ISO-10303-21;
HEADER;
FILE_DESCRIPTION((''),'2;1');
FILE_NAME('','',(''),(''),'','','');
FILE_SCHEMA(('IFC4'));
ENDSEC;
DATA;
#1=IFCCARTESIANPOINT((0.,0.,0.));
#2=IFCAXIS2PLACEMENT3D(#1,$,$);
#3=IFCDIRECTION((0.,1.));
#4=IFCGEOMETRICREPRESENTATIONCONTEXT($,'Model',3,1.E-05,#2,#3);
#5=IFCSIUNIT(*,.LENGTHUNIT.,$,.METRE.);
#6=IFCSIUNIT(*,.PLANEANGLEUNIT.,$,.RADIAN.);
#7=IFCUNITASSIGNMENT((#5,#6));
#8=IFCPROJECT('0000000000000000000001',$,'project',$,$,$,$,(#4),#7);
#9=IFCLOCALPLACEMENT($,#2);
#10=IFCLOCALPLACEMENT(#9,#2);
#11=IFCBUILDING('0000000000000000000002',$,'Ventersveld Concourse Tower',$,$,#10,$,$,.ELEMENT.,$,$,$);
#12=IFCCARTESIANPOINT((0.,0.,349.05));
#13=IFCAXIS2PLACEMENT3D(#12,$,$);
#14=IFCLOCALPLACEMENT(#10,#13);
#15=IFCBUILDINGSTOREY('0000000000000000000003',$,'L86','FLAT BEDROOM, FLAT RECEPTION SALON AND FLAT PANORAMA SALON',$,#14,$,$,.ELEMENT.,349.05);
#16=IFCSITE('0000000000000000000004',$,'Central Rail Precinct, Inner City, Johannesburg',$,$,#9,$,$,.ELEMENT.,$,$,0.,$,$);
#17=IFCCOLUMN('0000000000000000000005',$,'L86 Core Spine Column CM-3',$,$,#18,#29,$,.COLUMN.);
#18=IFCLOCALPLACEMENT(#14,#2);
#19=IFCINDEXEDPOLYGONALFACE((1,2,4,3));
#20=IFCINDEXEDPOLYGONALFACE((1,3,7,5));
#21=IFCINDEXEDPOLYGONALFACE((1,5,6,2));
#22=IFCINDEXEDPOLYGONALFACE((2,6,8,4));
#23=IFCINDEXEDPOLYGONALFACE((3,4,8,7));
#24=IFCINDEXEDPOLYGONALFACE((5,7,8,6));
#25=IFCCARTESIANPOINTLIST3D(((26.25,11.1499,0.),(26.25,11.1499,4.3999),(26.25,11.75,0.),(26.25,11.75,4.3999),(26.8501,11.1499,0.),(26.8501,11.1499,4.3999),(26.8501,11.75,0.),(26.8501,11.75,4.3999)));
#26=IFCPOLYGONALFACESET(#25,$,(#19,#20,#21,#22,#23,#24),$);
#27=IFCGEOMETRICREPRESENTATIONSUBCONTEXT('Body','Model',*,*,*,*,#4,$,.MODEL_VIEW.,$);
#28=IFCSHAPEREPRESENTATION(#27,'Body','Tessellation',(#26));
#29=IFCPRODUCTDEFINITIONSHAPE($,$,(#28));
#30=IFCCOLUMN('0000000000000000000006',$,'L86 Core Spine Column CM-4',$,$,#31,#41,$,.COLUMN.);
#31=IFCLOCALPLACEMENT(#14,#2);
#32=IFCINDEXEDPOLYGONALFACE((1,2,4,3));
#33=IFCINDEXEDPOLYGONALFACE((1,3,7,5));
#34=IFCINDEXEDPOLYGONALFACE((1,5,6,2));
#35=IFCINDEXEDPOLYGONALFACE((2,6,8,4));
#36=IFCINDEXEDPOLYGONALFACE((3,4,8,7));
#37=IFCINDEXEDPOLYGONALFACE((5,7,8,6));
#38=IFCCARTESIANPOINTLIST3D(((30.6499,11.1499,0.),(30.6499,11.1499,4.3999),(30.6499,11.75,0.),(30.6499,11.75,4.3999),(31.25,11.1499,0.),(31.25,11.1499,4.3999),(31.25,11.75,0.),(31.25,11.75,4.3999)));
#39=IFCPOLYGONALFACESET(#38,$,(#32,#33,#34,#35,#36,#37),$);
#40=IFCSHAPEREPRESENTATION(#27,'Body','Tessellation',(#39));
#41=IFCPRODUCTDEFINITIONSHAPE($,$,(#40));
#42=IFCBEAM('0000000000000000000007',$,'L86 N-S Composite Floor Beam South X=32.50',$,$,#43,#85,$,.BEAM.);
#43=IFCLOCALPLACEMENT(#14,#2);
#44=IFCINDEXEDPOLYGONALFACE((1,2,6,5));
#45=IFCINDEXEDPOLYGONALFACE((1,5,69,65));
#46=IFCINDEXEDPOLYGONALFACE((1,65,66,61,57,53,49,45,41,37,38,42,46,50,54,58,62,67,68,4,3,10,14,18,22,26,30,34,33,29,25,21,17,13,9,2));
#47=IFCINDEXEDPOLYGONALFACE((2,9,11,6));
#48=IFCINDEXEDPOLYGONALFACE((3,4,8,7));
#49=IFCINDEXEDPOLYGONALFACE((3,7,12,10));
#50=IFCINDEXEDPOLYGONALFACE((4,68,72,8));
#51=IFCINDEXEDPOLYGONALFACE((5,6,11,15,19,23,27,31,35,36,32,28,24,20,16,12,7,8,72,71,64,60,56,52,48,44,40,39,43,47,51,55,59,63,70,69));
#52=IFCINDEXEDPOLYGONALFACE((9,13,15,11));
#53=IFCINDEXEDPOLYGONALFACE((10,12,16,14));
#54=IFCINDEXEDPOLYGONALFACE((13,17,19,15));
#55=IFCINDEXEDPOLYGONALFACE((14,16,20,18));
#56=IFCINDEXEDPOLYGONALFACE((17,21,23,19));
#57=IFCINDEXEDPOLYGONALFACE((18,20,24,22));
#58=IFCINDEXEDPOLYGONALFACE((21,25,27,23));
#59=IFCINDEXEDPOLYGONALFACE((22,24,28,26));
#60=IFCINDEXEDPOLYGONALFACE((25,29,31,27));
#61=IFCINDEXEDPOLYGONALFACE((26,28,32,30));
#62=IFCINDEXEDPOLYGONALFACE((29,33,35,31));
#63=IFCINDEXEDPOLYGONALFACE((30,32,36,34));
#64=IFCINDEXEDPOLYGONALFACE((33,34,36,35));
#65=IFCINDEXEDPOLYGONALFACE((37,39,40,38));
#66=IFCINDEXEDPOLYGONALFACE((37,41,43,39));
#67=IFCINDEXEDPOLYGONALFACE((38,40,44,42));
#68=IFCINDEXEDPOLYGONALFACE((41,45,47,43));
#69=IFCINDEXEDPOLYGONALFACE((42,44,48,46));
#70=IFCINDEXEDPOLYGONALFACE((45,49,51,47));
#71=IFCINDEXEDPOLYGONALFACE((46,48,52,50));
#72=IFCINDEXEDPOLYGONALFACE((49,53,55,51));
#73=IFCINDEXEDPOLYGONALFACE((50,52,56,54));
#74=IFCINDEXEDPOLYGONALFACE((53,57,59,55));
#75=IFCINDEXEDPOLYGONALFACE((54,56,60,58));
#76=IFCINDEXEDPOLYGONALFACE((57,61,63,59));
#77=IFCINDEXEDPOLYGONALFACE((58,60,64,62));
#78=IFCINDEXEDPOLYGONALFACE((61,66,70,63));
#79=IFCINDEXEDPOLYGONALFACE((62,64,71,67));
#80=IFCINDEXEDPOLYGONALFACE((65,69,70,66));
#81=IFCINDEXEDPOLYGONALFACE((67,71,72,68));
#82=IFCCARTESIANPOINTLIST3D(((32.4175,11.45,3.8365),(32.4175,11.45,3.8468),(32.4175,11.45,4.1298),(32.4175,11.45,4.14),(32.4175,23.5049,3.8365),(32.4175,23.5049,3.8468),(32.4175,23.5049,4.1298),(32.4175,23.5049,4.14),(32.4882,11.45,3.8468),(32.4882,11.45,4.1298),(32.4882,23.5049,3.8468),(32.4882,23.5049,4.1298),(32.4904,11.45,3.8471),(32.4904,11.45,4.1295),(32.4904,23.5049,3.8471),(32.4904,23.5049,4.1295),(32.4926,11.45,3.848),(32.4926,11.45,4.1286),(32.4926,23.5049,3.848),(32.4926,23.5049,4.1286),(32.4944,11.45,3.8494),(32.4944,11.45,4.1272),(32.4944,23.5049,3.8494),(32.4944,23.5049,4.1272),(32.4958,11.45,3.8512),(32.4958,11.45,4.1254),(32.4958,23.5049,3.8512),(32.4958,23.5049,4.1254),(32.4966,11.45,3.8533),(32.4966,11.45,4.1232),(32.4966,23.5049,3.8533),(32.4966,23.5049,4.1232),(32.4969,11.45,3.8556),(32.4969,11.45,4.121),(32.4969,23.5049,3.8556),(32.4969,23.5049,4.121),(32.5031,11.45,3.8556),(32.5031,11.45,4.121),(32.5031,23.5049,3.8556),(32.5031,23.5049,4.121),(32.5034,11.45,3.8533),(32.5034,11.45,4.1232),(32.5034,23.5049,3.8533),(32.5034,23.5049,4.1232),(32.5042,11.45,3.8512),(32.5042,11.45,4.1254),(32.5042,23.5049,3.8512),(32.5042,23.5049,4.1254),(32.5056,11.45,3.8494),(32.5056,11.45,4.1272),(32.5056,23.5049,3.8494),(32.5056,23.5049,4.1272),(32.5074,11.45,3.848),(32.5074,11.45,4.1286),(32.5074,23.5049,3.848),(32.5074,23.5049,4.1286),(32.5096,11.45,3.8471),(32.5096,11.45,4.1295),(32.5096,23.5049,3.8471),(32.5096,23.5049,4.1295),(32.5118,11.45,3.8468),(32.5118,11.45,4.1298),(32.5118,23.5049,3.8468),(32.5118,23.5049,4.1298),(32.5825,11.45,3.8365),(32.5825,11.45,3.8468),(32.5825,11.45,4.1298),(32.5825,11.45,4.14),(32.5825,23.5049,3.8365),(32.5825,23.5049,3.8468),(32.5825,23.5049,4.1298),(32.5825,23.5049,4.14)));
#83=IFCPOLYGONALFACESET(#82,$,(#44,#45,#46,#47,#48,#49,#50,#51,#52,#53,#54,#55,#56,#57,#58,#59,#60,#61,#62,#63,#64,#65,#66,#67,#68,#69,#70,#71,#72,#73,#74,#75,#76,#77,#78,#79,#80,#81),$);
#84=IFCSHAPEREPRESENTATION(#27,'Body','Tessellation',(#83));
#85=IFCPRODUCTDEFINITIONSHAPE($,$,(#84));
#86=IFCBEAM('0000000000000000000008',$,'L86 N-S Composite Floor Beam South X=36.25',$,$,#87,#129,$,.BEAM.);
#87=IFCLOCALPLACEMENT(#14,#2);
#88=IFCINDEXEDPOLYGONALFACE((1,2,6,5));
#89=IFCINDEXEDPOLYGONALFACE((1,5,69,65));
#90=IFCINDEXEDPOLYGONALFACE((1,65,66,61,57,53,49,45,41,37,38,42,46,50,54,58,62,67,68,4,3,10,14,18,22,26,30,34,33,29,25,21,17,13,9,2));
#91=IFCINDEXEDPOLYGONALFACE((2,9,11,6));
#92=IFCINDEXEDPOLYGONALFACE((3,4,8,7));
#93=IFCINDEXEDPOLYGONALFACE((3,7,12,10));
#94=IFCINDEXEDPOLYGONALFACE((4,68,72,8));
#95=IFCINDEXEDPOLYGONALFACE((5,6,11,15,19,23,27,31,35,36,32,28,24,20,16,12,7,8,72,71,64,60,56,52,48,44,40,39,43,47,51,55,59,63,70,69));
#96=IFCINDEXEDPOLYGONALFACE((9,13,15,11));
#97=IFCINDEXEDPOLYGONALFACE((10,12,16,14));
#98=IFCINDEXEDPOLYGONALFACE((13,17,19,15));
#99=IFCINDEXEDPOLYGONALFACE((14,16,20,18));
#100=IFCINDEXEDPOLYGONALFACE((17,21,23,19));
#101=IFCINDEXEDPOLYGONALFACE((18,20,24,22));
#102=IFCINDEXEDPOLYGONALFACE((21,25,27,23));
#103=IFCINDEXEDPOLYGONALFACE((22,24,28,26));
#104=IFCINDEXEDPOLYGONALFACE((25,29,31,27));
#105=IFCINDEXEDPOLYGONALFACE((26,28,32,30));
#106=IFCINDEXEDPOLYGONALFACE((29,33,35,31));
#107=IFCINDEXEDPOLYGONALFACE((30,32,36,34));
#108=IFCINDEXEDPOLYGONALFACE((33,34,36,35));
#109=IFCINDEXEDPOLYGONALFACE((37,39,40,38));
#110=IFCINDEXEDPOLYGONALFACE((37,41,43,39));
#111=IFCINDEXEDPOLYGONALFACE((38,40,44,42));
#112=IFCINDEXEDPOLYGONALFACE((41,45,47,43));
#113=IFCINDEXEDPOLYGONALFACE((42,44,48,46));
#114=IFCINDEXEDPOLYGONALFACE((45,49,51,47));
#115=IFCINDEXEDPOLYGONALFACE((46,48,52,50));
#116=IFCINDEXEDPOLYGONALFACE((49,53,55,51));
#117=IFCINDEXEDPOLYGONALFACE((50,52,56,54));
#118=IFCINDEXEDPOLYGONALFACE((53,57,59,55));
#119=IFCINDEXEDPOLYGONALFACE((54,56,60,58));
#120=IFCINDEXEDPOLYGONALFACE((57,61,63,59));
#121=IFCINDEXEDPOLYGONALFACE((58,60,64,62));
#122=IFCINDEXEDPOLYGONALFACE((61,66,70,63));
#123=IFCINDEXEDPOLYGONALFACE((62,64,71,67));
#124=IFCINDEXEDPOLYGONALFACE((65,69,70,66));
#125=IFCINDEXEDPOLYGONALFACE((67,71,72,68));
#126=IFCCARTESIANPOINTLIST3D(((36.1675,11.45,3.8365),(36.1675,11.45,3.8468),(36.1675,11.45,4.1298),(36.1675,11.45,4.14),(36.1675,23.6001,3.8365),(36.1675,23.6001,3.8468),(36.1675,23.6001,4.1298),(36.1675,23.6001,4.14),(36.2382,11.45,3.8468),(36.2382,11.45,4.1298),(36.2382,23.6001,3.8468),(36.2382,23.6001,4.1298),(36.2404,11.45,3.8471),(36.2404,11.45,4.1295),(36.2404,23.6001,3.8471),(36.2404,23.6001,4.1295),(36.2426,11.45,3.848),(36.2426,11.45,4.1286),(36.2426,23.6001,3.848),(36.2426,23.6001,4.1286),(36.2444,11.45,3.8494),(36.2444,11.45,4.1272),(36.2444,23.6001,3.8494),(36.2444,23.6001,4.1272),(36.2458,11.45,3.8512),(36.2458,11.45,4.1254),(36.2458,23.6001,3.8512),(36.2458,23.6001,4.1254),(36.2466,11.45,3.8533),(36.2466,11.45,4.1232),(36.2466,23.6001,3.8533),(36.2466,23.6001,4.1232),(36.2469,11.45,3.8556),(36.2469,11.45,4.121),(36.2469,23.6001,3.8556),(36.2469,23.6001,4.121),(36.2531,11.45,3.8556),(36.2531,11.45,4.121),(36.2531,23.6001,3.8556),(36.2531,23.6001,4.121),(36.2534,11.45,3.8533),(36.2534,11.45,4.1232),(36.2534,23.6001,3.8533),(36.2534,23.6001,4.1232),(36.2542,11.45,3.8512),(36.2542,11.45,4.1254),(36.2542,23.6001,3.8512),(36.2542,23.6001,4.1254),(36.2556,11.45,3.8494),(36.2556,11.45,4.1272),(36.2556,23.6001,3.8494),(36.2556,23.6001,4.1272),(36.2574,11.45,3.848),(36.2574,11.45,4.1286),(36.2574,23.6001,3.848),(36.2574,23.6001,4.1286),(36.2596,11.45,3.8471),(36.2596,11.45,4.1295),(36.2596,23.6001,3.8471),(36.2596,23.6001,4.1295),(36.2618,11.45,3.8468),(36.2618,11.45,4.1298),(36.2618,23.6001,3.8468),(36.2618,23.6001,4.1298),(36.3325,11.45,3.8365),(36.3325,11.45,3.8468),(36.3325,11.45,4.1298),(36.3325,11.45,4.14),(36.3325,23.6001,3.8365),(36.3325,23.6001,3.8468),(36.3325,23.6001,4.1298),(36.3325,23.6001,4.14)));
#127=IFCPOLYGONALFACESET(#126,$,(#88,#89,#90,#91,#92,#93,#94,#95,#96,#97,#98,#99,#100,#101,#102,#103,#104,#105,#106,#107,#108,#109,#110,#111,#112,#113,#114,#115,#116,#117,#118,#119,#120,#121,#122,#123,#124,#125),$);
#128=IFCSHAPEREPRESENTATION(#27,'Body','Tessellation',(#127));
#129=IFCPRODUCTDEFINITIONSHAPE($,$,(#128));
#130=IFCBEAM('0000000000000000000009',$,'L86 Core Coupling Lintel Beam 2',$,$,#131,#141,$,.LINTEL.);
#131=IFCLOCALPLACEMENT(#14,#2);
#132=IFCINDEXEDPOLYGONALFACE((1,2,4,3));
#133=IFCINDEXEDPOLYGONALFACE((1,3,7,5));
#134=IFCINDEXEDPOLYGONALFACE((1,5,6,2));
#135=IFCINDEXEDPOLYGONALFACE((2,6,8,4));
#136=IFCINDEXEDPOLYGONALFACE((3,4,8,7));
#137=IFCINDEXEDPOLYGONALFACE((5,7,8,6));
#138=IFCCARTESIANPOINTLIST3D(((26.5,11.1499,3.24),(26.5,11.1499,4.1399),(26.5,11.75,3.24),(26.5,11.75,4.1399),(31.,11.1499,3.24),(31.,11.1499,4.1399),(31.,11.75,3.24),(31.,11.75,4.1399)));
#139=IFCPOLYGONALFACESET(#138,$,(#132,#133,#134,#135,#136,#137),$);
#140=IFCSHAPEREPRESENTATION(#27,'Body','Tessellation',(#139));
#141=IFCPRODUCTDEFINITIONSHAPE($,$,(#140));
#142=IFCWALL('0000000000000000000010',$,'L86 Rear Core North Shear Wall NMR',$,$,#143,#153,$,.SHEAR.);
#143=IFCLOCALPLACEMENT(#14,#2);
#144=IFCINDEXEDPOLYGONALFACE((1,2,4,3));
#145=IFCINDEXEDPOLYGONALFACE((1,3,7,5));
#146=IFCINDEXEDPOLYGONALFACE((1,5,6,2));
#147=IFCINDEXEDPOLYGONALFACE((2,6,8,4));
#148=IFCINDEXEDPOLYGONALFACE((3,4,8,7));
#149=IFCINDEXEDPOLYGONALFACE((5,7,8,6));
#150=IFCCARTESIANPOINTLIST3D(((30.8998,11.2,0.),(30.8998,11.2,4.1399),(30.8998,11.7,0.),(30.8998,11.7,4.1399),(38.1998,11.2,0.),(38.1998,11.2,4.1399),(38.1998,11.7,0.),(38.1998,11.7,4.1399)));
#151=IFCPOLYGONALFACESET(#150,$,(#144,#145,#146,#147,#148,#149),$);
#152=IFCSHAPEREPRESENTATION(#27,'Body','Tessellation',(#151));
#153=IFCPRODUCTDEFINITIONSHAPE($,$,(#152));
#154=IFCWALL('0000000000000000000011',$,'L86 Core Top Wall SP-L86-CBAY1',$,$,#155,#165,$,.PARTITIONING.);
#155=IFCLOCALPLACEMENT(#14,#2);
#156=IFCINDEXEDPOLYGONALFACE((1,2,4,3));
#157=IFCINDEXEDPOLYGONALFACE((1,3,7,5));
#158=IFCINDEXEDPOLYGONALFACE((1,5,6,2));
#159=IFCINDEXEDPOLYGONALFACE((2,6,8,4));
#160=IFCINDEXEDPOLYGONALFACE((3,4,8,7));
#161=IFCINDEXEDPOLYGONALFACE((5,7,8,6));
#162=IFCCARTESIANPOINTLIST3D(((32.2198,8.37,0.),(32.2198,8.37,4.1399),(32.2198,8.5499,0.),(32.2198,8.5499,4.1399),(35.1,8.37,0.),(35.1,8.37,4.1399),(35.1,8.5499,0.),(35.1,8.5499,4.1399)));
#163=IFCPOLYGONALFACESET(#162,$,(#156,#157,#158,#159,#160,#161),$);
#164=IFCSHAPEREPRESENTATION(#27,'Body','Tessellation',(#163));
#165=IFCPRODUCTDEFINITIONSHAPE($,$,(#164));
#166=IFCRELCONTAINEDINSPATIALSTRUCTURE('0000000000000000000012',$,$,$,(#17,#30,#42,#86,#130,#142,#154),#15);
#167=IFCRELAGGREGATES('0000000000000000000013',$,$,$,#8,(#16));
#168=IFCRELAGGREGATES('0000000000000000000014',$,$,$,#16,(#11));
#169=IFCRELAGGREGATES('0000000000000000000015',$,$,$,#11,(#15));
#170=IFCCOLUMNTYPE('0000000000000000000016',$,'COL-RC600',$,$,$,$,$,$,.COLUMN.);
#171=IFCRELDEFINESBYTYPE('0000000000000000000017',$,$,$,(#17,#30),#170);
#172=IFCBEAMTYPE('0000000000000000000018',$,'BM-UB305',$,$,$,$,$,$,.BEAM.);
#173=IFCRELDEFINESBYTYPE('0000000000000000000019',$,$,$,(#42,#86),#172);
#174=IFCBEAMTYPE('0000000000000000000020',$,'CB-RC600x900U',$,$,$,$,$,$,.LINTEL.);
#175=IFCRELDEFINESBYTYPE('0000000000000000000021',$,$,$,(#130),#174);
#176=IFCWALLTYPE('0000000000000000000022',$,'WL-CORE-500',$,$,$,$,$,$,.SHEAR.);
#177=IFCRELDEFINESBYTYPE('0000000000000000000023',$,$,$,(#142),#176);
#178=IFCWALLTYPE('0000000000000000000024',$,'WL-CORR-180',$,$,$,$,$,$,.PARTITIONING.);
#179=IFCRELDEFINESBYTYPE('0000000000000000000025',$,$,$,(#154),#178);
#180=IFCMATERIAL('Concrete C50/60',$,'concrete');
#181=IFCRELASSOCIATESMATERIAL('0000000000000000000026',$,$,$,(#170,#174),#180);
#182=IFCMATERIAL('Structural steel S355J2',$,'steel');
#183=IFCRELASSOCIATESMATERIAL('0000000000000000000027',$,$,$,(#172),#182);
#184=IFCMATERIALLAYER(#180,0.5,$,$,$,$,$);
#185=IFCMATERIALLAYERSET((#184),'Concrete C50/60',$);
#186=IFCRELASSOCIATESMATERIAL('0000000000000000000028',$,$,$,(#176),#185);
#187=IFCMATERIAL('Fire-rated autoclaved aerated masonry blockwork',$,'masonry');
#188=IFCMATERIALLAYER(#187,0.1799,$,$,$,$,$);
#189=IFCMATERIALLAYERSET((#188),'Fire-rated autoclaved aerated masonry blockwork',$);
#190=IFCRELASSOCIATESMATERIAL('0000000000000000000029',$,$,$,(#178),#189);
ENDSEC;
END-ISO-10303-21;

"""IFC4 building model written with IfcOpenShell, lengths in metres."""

from ifc_helpers import new_model, si_unit, direction, frame, frame_2d, origin, origin_2d, place, context, subcontext, project, spatial, rectangle, i_section, extrude, material, layer, layer_set, material_profile, profile_set, type_object, element, save


model = new_model("IFC4")

# Units and contexts
model_context = context("Model", 3, precision=1e-05, world=origin(), true_north=direction((0.0, 1.0)))
body_context = subcontext(model_context, "Body", "Model", "MODEL_VIEW")
ifc_project = project(units=[si_unit("LENGTHUNIT", "METRE"), si_unit("PLANEANGLEUNIT", "RADIAN")], contexts=[model_context])

# Site, building, storey
site_placement = place(None, origin())
site = spatial("IfcSite", under=ifc_project, at=site_placement, Name="Central Rail Precinct, Inner City, Johannesburg", CompositionType="ELEMENT", RefElevation=0.0)
building_placement = place(site_placement, origin())
building = spatial("IfcBuilding", under=site, at=building_placement, Name="Ventersveld Concourse Tower", CompositionType="ELEMENT")
storey_placement = place(building_placement, frame((0.0, 0.0, 349.05)))
storey = spatial("IfcBuildingStorey", under=building, at=storey_placement, Name="L86", Description="FLAT BEDROOM, FLAT RECEPTION SALON AND FLAT PANORAMA SALON", CompositionType="ELEMENT", Elevation=349.05)

# Columns
ifc_material_1 = material(Name="Concrete C50/60", Category="concrete")
ifc_material_profile_1 = material_profile(ifc_material_1, rectangle(XDim=0.6001, YDim=0.6001, at=origin_2d()), Name="RC 600x600")
ifc_profile_set_1 = profile_set([ifc_material_profile_1], Name="Concrete C50/60")
column_type = type_object("IfcColumnType", Name="COL-RC600", PredefinedType="COLUMN", material=ifc_profile_set_1)
for number, where, z_axis, x_axis, name in (
    (1, (26.55, 11.45, 0.0), (0.0, 0.0, 1.0), (1.0, 0.0, 0.0), "L86 Core Spine Column CM-3"),
    (2, (30.95, 11.45, 0.0), (0.0, 0.0, 1.0), (1.0, 0.0, 0.0), "L86 Core Spine Column CM-4"),
):
    element("IfcColumn", number, at=place(storey_placement, frame(where, z_axis=z_axis, x_axis=x_axis)), inside=storey, type_object=column_type, Name=name, PredefinedType="COLUMN", context=body_context, shape_type="SweptSolid", body=[
        extrude(rectangle(XDim=0.6001, YDim=0.6001, at=origin_2d()), origin(), (0.0, 0.0, 1.0), 4.3999),
    ])

# Beams
ifc_material_2 = material(Name="Structural steel S355J2", Category="steel")
ifc_material_profile_2 = material_profile(ifc_material_2, i_section(OverallWidth=0.165, OverallDepth=0.3035, WebThickness=0.0061, FlangeThickness=0.0103, FilletRadius=0.0088, at=origin_2d()), Name="UB 305x165x40")
ifc_profile_set_2 = profile_set([ifc_material_profile_2], Name="Structural steel S355J2")
beam_type_1 = type_object("IfcBeamType", Name="BM-UB305", PredefinedType="BEAM", material=ifc_profile_set_2)
beam_1_placement = place(storey_placement, frame((32.5, 11.45, 3.9883), z_axis=(0.0, 1.0, 0.0), x_axis=(-1.0, 0.0, 0.0)))
element("IfcBeam", 3, at=beam_1_placement, inside=storey, type_object=beam_type_1, Name="L86 N-S Composite Floor Beam South X=32.50", PredefinedType="BEAM", context=body_context, shape_type="SweptSolid", body=[
    extrude(i_section(OverallWidth=0.165, OverallDepth=0.3035, WebThickness=0.0061, FlangeThickness=0.0103, FilletRadius=0.0088, at=origin_2d()), origin(), (0.0, 0.0, 1.0), 12.0549),
])
beam_2_placement = place(storey_placement, frame((36.25, 11.45, 3.9883), z_axis=(0.0, 1.0, 0.0), x_axis=(-1.0, 0.0, 0.0)))
element("IfcBeam", 4, at=beam_2_placement, inside=storey, type_object=beam_type_1, Name="L86 N-S Composite Floor Beam South X=36.25", PredefinedType="BEAM", context=body_context, shape_type="SweptSolid", body=[
    extrude(i_section(OverallWidth=0.165, OverallDepth=0.3035, WebThickness=0.0061, FlangeThickness=0.0103, FilletRadius=0.0088, at=origin_2d()), origin(), (0.0, 0.0, 1.0), 12.1501),
])
ifc_material_profile_3 = material_profile(ifc_material_1, rectangle(XDim=0.6001, YDim=0.8999, at=origin_2d()), Name="RC 600x900")
ifc_profile_set_3 = profile_set([ifc_material_profile_3], Name="Concrete C50/60")
beam_type_2 = type_object("IfcBeamType", Name="CB-RC600x900U", PredefinedType="LINTEL", material=ifc_profile_set_3)
beam_3_placement = place(storey_placement, frame((26.5, 11.45, 3.6899), z_axis=(1.0, 0.0, 0.0), x_axis=(0.0, 1.0, 0.0)))
element("IfcBeam", 5, at=beam_3_placement, inside=storey, type_object=beam_type_2, Name="L86 Core Coupling Lintel Beam 2", PredefinedType="LINTEL", context=body_context, shape_type="SweptSolid", body=[
    extrude(rectangle(XDim=0.6001, YDim=0.8999, at=origin_2d()), origin(), (0.0, 0.0, 1.0), 4.5),
])

# Walls
ifc_layer_1 = layer(ifc_material_1, 0.5)
ifc_layer_set_1 = layer_set([ifc_layer_1], Name="Concrete C50/60")
wall_type_1 = type_object("IfcWallType", Name="WL-CORE-500", PredefinedType="SHEAR", material=ifc_layer_set_1)
wall_1_placement = place(storey_placement, frame((30.8999, 11.45, 0.0), z_axis=(0.0, 0.0, 1.0), x_axis=(1.0, 0.0, 0.0)))
element("IfcWall", 6, at=wall_1_placement, inside=storey, type_object=wall_type_1, Name="L86 Rear Core North Shear Wall NMR", PredefinedType="SHEAR", context=body_context, shape_type="SweptSolid", body=[
    extrude(rectangle(XDim=7.3, YDim=0.5, at=frame_2d((3.6499, 0.0))), origin(), (0.0, 0.0, 1.0), 4.1399),
])
ifc_material_3 = material(Name="Fire-rated autoclaved aerated masonry blockwork", Category="masonry")
ifc_layer_2 = layer(ifc_material_3, 0.1799)
ifc_layer_set_2 = layer_set([ifc_layer_2], Name="Fire-rated autoclaved aerated masonry blockwork")
wall_type_2 = type_object("IfcWallType", Name="WL-CORR-180", PredefinedType="PARTITIONING", material=ifc_layer_set_2)
wall_2_placement = place(storey_placement, frame((32.22, 8.46, 0.0), z_axis=(0.0, 0.0, 1.0), x_axis=(1.0, 0.0, 0.0)))
element("IfcWall", 7, at=wall_2_placement, inside=storey, type_object=wall_type_2, Name="L86 Core Top Wall SP-L86-CBAY1", PredefinedType="PARTITIONING", context=body_context, shape_type="SweptSolid", body=[
    extrude(rectangle(XDim=2.8801, YDim=0.1799, at=frame_2d((1.4399, 0.0))), origin(), (0.0, 0.0, 1.0), 4.1399),
])

save(model, "model.ifc")
